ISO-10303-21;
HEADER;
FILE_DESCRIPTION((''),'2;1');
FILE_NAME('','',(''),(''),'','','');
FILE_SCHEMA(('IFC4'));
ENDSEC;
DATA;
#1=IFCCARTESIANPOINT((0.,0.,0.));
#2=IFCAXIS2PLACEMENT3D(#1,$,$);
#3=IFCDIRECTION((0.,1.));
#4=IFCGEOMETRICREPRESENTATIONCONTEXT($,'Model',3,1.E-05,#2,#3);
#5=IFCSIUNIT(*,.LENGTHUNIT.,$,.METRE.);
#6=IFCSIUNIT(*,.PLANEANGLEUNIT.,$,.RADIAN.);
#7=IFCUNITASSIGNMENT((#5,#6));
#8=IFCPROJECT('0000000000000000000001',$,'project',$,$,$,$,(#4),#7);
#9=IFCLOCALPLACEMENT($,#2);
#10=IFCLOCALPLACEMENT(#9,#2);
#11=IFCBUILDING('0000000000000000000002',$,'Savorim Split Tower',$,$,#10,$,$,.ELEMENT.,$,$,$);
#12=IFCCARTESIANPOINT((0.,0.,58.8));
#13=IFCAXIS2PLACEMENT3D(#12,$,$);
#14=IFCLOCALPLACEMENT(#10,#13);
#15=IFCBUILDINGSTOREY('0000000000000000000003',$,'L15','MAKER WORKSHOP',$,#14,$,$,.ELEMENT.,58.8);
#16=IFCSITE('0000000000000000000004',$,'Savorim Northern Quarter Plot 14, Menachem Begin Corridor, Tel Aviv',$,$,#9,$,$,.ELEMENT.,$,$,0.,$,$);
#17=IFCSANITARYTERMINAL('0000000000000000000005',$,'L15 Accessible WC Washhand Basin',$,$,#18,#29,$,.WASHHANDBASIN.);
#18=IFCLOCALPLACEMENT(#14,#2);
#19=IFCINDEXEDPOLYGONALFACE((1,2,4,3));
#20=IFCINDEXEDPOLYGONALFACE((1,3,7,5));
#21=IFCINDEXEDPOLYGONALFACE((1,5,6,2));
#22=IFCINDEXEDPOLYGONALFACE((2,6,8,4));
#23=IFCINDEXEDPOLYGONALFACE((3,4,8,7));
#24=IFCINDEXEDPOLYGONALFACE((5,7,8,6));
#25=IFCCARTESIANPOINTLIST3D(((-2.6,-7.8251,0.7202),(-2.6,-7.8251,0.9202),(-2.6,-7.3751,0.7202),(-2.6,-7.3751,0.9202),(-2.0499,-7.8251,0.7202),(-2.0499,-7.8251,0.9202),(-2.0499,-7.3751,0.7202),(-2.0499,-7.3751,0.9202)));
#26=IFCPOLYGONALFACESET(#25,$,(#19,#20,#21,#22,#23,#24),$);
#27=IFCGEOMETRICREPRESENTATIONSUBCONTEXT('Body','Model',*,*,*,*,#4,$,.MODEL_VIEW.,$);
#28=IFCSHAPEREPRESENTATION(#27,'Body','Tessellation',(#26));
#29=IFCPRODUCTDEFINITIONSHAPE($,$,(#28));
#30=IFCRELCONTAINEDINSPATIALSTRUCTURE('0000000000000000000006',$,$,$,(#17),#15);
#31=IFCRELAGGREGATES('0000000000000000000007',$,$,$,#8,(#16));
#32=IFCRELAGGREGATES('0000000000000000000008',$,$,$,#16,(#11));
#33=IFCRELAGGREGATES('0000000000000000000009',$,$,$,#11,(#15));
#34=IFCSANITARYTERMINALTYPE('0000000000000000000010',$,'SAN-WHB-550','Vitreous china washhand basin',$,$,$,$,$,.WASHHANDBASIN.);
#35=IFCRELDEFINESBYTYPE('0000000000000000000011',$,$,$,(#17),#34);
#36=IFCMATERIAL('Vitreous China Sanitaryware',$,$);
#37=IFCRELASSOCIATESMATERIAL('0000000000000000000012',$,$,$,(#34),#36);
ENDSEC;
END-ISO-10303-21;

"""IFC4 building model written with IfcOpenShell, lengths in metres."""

from ifc_helpers import new_model, si_unit, direction, frame, origin, origin_2d, place, context, subcontext, project, spatial, rectangle, extrude, material, type_object, element, save


model = new_model("IFC4")

# Units and contexts
model_context = context("Model", 3, precision=1e-05, world=origin(), true_north=direction((0.0, 1.0)))
body_context = subcontext(model_context, "Body", "Model", "MODEL_VIEW")
ifc_project = project(units=[si_unit("LENGTHUNIT", "METRE"), si_unit("PLANEANGLEUNIT", "RADIAN")], contexts=[model_context])

# Site, building, storey
site_placement = place(None, origin())
site = spatial("IfcSite", under=ifc_project, at=site_placement, Name="Savorim Northern Quarter Plot 14, Menachem Begin Corridor, Tel Aviv", CompositionType="ELEMENT", RefElevation=0.0)
building_placement = place(site_placement, origin())
building = spatial("IfcBuilding", under=site, at=building_placement, Name="Savorim Split Tower", CompositionType="ELEMENT")
storey_placement = place(building_placement, frame((0.0, 0.0, 58.8)))
storey = spatial("IfcBuildingStorey", under=building, at=storey_placement, Name="L15", Description="MAKER WORKSHOP", CompositionType="ELEMENT", Elevation=58.8)

# Sanitary terminal
ifc_material_1 = material(Name="Vitreous China Sanitaryware")
sanitary_terminal_type_1 = type_object("IfcSanitaryTerminalType", Name="SAN-WHB-550", Description="Vitreous china washhand basin", PredefinedType="WASHHANDBASIN", material=ifc_material_1)
sanitary_terminal_1_placement = place(storey_placement, frame((-2.325, -7.6001, 0.7202), z_axis=(0.0, 0.0, 1.0), x_axis=(1.0, 0.0, 0.0)))
element("IfcSanitaryTerminal", 1, at=sanitary_terminal_1_placement, inside=storey, type_object=sanitary_terminal_type_1, Name="L15 Accessible WC Washhand Basin", PredefinedType="WASHHANDBASIN", context=body_context, shape_type="SweptSolid", body=[
    extrude(rectangle(XDim=0.55, YDim=0.45, at=origin_2d()), origin(), (0.0, 0.0, 1.0), 0.2),
])

save(model, "model.ifc")
